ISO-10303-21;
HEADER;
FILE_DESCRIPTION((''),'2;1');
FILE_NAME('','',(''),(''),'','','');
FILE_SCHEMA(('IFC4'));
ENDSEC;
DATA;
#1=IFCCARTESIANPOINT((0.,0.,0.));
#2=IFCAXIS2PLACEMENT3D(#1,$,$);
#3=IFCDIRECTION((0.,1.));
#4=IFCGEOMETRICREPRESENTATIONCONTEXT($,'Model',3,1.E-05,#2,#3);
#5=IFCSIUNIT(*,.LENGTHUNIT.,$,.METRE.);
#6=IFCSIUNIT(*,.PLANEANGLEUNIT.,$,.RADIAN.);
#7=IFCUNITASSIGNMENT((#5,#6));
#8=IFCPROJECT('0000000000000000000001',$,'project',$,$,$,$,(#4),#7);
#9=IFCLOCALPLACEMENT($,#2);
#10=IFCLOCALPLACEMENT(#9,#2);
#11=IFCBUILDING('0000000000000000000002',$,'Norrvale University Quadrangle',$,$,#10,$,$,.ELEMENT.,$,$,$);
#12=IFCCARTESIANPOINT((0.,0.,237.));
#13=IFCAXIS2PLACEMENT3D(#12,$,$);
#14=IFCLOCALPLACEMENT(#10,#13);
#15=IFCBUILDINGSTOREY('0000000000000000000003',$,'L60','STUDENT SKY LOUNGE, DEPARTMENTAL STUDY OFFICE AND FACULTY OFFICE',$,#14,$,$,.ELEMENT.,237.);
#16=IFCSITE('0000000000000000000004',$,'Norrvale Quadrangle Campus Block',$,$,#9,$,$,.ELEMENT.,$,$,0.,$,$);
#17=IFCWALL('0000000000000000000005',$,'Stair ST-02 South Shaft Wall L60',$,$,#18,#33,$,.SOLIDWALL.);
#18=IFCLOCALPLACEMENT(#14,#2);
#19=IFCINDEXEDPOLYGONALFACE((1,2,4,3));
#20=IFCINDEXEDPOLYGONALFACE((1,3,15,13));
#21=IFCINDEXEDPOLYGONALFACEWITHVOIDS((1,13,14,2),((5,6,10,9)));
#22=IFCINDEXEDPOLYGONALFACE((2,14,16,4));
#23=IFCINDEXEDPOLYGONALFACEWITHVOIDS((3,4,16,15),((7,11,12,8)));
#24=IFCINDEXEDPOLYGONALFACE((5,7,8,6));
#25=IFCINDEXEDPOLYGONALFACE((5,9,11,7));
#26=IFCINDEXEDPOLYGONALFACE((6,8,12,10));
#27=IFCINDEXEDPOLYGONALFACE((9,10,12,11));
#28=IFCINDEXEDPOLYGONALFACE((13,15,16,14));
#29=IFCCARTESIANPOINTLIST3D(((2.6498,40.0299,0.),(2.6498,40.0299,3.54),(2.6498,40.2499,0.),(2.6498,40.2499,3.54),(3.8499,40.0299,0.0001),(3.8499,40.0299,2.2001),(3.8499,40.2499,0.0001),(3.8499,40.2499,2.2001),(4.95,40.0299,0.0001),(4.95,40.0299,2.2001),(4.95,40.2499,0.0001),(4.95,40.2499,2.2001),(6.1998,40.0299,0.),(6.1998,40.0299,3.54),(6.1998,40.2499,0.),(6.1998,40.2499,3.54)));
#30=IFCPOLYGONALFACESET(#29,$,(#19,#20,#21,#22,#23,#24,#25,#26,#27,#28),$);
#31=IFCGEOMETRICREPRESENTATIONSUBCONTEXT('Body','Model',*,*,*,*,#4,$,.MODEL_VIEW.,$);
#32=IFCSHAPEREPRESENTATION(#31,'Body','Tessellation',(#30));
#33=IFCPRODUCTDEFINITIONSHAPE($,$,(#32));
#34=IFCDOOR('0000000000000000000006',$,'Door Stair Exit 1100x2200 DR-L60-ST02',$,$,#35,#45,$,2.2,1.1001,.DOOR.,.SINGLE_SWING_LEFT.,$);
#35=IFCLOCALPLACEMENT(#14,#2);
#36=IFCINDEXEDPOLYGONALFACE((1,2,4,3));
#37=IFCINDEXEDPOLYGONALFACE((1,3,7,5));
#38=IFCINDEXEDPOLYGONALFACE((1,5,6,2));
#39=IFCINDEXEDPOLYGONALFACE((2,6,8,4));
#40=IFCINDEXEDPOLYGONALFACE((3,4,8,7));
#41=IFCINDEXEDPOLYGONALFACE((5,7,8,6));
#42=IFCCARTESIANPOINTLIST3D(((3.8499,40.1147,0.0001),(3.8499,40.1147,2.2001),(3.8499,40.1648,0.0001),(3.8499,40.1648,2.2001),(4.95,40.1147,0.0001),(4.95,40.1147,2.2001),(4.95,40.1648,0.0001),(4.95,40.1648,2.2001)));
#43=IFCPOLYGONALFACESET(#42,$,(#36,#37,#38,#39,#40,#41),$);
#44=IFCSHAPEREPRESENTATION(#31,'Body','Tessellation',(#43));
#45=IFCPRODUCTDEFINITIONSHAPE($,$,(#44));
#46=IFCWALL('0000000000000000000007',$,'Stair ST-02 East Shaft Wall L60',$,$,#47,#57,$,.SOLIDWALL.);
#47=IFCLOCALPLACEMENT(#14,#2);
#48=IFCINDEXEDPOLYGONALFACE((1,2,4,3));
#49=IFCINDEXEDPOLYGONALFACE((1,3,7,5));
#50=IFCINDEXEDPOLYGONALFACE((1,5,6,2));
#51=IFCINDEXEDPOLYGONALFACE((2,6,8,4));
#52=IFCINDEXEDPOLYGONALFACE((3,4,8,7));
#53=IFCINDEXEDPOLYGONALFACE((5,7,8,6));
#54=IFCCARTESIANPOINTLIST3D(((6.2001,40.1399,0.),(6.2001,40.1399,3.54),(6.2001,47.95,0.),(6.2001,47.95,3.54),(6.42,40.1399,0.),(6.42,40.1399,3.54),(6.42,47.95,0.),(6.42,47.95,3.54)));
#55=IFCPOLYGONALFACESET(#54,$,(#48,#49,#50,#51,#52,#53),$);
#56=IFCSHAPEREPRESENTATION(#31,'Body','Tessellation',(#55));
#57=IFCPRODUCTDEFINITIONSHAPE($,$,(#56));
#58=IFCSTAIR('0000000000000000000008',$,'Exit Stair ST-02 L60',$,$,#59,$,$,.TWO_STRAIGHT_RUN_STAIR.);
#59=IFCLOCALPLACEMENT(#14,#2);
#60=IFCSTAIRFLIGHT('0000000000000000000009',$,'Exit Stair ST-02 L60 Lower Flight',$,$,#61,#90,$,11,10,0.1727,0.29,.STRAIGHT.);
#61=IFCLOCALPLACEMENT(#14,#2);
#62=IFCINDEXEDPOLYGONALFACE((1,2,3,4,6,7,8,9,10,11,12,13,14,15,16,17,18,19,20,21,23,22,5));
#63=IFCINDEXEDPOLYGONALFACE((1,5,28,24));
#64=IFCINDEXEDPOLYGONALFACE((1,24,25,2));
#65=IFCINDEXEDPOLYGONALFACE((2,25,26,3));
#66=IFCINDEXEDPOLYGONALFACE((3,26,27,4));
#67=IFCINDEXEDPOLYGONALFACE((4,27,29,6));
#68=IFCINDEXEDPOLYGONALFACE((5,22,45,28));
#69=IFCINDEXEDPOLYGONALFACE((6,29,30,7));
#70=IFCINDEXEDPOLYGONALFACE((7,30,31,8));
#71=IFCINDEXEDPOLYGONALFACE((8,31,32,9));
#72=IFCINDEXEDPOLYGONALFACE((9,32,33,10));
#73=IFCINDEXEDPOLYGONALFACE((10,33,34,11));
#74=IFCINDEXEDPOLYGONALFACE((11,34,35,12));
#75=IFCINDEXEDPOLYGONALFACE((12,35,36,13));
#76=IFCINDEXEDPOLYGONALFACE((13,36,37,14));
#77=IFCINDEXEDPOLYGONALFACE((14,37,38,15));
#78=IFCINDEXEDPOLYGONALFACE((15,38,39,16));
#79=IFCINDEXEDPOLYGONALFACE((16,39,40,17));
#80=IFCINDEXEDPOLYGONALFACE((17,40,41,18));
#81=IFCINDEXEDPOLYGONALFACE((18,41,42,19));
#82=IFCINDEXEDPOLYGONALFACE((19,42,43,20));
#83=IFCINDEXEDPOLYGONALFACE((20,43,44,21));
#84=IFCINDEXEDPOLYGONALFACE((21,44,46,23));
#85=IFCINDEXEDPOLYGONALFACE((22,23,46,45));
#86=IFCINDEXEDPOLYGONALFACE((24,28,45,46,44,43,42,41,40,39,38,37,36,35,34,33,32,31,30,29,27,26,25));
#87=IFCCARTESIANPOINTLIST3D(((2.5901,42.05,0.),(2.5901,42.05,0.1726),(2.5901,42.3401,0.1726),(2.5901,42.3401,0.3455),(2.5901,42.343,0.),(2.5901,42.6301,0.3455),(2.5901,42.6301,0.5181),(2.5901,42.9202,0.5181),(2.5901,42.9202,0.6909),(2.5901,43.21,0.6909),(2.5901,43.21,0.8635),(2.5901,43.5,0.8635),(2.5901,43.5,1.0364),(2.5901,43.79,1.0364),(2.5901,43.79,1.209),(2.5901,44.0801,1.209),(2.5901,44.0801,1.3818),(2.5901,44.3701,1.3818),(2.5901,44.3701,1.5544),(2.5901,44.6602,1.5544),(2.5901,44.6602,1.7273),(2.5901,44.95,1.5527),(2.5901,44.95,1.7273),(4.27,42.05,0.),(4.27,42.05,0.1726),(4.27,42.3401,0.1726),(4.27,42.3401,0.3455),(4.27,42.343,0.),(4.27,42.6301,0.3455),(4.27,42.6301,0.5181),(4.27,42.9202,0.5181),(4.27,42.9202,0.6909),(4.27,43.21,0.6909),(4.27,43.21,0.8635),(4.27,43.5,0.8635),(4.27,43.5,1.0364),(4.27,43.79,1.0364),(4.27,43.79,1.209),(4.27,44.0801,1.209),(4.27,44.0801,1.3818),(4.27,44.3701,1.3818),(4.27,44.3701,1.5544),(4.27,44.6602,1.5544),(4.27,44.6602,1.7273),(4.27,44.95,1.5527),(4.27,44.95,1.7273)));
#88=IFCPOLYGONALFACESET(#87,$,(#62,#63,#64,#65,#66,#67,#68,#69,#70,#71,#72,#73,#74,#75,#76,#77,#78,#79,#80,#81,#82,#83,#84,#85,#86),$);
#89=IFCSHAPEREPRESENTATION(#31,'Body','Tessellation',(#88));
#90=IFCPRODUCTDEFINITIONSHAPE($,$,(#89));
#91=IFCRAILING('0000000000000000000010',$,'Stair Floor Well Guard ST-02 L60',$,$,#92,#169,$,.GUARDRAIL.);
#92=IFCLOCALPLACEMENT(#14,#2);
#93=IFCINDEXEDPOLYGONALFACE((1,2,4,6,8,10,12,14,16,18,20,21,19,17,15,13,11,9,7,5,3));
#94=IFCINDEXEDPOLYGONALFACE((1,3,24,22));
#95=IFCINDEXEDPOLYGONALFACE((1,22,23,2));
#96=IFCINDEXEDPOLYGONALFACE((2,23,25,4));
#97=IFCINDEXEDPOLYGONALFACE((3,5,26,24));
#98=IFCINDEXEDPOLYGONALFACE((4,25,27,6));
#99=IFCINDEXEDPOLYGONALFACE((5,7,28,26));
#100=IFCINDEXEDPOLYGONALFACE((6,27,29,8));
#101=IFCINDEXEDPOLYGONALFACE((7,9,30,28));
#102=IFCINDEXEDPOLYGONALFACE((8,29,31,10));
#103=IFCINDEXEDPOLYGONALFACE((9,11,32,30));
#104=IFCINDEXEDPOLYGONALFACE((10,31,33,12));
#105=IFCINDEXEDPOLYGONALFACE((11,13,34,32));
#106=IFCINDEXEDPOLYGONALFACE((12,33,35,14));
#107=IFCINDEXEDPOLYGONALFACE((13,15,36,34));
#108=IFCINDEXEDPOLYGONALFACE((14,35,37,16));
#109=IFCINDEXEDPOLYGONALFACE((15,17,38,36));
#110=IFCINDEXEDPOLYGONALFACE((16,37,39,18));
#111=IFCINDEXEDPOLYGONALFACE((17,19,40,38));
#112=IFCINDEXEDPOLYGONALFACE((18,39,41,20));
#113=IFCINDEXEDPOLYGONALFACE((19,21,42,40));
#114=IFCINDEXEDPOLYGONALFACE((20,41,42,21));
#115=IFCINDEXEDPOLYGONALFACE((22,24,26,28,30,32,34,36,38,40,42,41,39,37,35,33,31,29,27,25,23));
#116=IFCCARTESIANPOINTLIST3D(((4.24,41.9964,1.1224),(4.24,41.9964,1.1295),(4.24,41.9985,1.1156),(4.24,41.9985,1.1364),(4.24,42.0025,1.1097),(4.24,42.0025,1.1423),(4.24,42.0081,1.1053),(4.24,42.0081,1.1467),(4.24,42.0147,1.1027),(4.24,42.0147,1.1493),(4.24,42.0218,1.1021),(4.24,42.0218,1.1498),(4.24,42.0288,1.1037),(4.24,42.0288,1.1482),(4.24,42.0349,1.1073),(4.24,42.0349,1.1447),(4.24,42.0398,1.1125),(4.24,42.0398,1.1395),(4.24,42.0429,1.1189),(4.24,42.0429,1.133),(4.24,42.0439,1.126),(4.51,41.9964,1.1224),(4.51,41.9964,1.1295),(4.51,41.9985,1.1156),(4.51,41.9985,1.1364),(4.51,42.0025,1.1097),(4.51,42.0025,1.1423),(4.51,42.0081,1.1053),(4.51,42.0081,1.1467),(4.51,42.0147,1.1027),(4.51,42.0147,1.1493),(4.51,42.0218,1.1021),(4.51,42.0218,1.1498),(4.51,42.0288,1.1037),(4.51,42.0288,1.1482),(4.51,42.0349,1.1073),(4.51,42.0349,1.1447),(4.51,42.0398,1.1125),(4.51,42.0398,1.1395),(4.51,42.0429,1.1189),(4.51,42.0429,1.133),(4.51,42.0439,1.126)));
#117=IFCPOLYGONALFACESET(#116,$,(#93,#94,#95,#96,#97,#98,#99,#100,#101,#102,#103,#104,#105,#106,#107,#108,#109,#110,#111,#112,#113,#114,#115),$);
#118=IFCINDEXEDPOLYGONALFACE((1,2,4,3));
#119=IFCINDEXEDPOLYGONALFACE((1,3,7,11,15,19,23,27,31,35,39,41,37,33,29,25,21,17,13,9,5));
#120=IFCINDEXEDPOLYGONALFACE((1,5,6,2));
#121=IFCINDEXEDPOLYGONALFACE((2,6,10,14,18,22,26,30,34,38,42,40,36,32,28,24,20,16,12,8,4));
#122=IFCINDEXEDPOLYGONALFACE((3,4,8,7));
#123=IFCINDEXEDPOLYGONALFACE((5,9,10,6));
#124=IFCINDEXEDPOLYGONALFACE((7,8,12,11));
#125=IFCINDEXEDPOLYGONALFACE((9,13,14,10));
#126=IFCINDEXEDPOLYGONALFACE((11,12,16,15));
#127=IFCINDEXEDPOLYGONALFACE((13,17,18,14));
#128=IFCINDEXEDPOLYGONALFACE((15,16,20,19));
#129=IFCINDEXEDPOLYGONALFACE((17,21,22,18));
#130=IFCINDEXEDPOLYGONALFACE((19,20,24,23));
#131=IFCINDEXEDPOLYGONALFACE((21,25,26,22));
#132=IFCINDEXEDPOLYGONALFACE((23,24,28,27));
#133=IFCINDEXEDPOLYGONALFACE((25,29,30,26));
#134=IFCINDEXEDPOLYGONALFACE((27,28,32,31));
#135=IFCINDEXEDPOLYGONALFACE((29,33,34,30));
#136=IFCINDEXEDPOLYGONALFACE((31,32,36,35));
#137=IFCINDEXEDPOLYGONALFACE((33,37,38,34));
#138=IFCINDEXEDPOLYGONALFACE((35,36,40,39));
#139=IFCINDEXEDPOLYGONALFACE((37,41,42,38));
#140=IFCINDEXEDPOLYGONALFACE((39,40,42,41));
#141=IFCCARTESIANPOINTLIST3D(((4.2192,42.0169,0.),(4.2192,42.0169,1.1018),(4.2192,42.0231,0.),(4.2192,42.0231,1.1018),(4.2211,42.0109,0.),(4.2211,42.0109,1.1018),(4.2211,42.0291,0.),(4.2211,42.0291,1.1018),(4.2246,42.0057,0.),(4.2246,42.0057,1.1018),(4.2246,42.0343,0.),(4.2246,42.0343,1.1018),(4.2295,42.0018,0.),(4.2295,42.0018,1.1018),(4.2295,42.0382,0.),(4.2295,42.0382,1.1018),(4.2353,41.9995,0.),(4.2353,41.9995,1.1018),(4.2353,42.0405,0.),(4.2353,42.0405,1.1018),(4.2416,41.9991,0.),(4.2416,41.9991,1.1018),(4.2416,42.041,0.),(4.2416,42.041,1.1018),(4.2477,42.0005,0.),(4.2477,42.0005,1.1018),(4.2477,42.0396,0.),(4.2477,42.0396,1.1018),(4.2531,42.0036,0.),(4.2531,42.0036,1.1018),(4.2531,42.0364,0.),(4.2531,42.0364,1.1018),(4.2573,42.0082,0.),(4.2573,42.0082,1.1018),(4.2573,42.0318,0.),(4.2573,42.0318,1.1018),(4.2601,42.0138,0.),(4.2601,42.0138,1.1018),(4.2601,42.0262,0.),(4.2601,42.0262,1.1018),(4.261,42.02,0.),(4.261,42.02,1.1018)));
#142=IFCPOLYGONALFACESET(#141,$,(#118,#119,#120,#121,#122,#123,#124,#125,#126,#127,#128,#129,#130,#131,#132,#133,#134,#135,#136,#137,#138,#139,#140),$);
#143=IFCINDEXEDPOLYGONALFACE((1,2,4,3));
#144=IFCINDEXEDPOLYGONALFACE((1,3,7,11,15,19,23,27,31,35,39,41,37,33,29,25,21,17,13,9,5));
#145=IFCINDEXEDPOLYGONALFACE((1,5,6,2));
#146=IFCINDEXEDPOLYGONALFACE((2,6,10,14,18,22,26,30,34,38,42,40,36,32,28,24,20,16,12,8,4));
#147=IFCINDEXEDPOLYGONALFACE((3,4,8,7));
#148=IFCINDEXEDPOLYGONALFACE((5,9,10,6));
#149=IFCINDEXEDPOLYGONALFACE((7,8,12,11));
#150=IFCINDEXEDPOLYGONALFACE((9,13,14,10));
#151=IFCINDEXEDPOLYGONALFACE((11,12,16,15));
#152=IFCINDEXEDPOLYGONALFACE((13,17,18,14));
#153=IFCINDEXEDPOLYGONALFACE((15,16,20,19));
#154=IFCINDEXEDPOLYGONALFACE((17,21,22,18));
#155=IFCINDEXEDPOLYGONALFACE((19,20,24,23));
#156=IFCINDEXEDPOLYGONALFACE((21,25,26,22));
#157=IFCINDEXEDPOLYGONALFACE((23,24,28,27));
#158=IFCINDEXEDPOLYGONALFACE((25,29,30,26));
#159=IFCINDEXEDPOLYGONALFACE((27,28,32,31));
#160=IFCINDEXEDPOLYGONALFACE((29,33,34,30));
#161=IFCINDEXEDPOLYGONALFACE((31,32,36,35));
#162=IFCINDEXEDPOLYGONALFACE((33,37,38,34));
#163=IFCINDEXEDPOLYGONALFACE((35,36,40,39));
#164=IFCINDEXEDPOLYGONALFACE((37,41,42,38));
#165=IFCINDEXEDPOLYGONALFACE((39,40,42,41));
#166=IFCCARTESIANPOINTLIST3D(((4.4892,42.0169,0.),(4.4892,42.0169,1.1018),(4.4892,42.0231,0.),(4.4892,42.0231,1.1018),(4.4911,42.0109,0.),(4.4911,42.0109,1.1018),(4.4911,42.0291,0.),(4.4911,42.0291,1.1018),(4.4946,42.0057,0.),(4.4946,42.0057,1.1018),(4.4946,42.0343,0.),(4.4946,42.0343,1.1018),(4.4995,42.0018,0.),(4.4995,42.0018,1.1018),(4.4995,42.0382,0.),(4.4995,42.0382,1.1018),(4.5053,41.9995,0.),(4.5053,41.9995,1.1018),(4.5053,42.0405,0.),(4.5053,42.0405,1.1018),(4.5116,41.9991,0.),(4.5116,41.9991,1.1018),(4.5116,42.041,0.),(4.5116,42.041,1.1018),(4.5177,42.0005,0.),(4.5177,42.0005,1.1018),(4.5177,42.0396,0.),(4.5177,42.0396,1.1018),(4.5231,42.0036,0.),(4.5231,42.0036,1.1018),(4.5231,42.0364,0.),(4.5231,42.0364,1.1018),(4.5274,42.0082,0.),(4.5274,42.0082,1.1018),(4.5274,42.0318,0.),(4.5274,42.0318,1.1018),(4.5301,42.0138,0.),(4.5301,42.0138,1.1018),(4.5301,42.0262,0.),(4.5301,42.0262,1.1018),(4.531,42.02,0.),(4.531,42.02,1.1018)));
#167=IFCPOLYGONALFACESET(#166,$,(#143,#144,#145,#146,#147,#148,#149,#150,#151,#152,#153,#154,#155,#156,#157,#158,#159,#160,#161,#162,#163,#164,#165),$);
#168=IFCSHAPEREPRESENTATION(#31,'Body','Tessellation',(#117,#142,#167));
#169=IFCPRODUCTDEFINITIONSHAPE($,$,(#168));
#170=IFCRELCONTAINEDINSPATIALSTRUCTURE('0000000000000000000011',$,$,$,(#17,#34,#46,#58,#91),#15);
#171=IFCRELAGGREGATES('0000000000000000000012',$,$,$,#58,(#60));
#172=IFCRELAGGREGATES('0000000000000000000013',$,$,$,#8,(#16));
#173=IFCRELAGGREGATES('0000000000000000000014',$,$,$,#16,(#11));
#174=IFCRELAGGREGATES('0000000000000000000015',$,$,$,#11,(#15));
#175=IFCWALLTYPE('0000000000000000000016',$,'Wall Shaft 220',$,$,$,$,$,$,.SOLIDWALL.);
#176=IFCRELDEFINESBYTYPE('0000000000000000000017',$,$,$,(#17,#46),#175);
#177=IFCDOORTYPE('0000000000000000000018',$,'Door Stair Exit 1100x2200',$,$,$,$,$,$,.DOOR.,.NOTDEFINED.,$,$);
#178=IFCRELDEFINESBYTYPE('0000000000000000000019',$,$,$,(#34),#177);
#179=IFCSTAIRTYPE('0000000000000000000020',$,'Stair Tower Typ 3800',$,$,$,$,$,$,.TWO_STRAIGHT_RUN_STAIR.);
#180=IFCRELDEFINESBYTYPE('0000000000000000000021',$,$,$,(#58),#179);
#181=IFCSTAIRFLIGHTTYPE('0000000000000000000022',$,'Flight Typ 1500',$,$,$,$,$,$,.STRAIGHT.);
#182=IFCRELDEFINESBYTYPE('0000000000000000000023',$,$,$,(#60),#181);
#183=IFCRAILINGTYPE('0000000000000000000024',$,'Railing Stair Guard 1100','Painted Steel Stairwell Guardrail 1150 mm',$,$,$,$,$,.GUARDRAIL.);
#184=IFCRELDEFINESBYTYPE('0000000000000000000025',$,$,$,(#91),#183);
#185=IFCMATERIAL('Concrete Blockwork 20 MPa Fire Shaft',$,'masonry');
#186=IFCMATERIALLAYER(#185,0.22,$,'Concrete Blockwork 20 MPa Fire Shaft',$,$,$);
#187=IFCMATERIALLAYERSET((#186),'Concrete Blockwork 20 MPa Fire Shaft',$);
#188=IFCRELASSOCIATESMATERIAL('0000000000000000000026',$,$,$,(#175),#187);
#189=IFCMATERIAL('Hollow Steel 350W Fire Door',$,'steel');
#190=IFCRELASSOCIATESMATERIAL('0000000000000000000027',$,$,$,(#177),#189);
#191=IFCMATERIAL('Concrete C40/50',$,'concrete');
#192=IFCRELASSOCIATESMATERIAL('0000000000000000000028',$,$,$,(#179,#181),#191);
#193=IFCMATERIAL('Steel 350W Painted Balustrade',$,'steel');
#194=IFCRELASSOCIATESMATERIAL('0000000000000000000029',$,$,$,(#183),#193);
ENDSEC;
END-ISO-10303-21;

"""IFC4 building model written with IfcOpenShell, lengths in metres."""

from ifc_helpers import new_model, si_unit, direction, frame, frame_2d, origin, origin_2d, place, context, subcontext, project, spatial, polyline, rectangle, circle, outline, extrude, material, layer, layer_set, type_object, element, fill, aggregate, save


model = new_model("IFC4")

# Units and contexts
model_context = context("Model", 3, precision=1e-05, world=origin(), true_north=direction((0.0, 1.0)))
body_context = subcontext(model_context, "Body", "Model", "MODEL_VIEW")
ifc_project = project(units=[si_unit("LENGTHUNIT", "METRE"), si_unit("PLANEANGLEUNIT", "RADIAN")], contexts=[model_context])

# Site, building, storey
site_placement = place(None, origin())
site = spatial("IfcSite", under=ifc_project, at=site_placement, Name="Norrvale Quadrangle Campus Block", CompositionType="ELEMENT", RefElevation=0.0)
building_placement = place(site_placement, origin())
building = spatial("IfcBuilding", under=site, at=building_placement, Name="Norrvale University Quadrangle", CompositionType="ELEMENT")
storey_placement = place(building_placement, frame((0.0, 0.0, 237.0)))
storey = spatial("IfcBuildingStorey", under=building, at=storey_placement, Name="L60", Description="STUDENT SKY LOUNGE, DEPARTMENTAL STUDY OFFICE AND FACULTY OFFICE", CompositionType="ELEMENT", Elevation=237.0)

# Wall, opening, door
ifc_material_1 = material(Name="Concrete Blockwork 20 MPa Fire Shaft", Category="masonry")
ifc_layer_1 = layer(ifc_material_1, 0.22, Name="Concrete Blockwork 20 MPa Fire Shaft")
ifc_layer_set_1 = layer_set([ifc_layer_1], Name="Concrete Blockwork 20 MPa Fire Shaft")
wall_type_1 = type_object("IfcWallType", Name="Wall Shaft 220", PredefinedType="SOLIDWALL", material=ifc_layer_set_1)
wall_1_placement = place(storey_placement, frame((2.6499, 40.1399, 0.0), z_axis=(0.0, 0.0, 1.0), x_axis=(1.0, 0.0, 0.0)))
wall_1 = element("IfcWall", 1, at=wall_1_placement, inside=storey, type_object=wall_type_1, Name="Stair ST-02 South Shaft Wall L60", PredefinedType="SOLIDWALL", context=body_context, shape_type="SweptSolid", body=[
    extrude(rectangle(XDim=3.55, YDim=0.22, at=frame_2d((1.7749, 0.0))), origin(), (0.0, 0.0, 1.0), 3.54),
])
opening_placement = place(wall_1_placement, frame((1.2, 0.0, 0.0)))
opening = element("IfcOpeningElement", 2, at=opening_placement, cuts=wall_1, PredefinedType="OPENING", context=body_context, shape_type="SweptSolid", body=[
    extrude(rectangle(XDim=1.1001, YDim=2.2, at=frame_2d((0.55, 1.1001))), frame((0.0, 0.1221, 0.0), z_axis=(0.0, -1.0, 0.0), x_axis=(1.0, 0.0, 0.0)), (0.0, 0.0, 1.0), 0.2439),
])
ifc_material_2 = material(Name="Hollow Steel 350W Fire Door", Category="steel")
door_type = type_object("IfcDoorType", Name="Door Stair Exit 1100x2200", OperationType="NOTDEFINED", PredefinedType="DOOR", material=ifc_material_2)
door_placement = place(opening_placement, origin())
door = element("IfcDoor", 3, at=door_placement, inside=storey, type_object=door_type, Name="Door Stair Exit 1100x2200 DR-L60-ST02", OperationType="SINGLE_SWING_LEFT", OverallHeight=2.2, OverallWidth=1.1001, PredefinedType="DOOR", context=body_context, shape_type="SweptSolid", body=[
    extrude(rectangle(XDim=1.1001, YDim=2.2, at=frame_2d((0.55, 1.1001))), frame((0.0, 0.0249, 0.0), z_axis=(0.0, -1.0, 0.0), x_axis=(1.0, 0.0, 0.0)), (0.0, 0.0, 1.0), 0.05),
])
fill(opening, door)

# Wall
wall_2_placement = place(storey_placement, frame((6.3101, 40.1399, 0.0), z_axis=(0.0, 0.0, 1.0), x_axis=(0.0, 1.0, 0.0)))
element("IfcWall", 4, at=wall_2_placement, inside=storey, type_object=wall_type_1, Name="Stair ST-02 East Shaft Wall L60", PredefinedType="SOLIDWALL", context=body_context, shape_type="SweptSolid", body=[
    extrude(rectangle(XDim=7.8101, YDim=0.22, at=frame_2d((3.905, 0.0))), origin(), (0.0, 0.0, 1.0), 3.54),
])

# Stair, stair flight
ifc_material_3 = material(Name="Concrete C40/50", Category="concrete")
stair_type = type_object("IfcStairType", Name="Stair Tower Typ 3800", PredefinedType="TWO_STRAIGHT_RUN_STAIR", material=ifc_material_3)
stair_placement = place(storey_placement, origin())
stair = element("IfcStair", 5, at=stair_placement, inside=storey, type_object=stair_type, Name="Exit Stair ST-02 L60", PredefinedType="TWO_STRAIGHT_RUN_STAIR")
stair_flight_type = type_object("IfcStairFlightType", Name="Flight Typ 1500", PredefinedType="STRAIGHT", material=ifc_material_3)
stair_flight_placement = place(storey_placement, frame((3.4299, 42.05, 0.0), z_axis=(0.0, 0.0, 1.0), x_axis=(0.0, 1.0, 0.0)))
stair_flight = element("IfcStairFlight", 6, at=stair_flight_placement, type_object=stair_flight_type, Name="Exit Stair ST-02 L60 Lower Flight", NumberOfRisers=11, NumberOfTreads=10, PredefinedType="STRAIGHT", RiserHeight=0.1727, TreadLength=0.29, context=body_context, shape_type="SweptSolid", body=[
    extrude(outline(polyline([(0.0, 0.0), (0.0, 0.1726), (0.29, 0.1726), (0.29, 0.3455), (0.5801, 0.3455), (0.5801, 0.5181), (0.8701, 0.5181), (0.8701, 0.6909), (1.1599, 0.6909), (1.1599, 0.8635), (1.45, 0.8635), (1.45, 1.0364), (1.74, 1.0364), (1.74, 1.209), (2.03, 1.209), (2.03, 1.3818), (2.3201, 1.3818), (2.3201, 1.5544), (2.6101, 1.5544), (2.6101, 1.7273), (2.8999, 1.7273), (2.8999, 1.8999), (2.8999, 1.5527), (0.293, 0.0), (0.0, 0.0)])), frame((0.0, 0.8398, 0.0), z_axis=(0.0, -1.0, 0.0), x_axis=(1.0, 0.0, 0.0)), (0.0, 0.0, 1.0), 1.6799),
])
aggregate(stair, [stair_flight])

# Railing
ifc_material_4 = material(Name="Steel 350W Painted Balustrade", Category="steel")
railing_type_1 = type_object("IfcRailingType", Name="Railing Stair Guard 1100", Description="Painted Steel Stairwell Guardrail 1150 mm", PredefinedType="GUARDRAIL", material=ifc_material_4)
railing_1_placement = place(storey_placement, frame((4.24, 42.02, 0.0)))
element("IfcRailing", 7, at=railing_1_placement, inside=storey, type_object=railing_type_1, Name="Stair Floor Well Guard ST-02 L60", PredefinedType="GUARDRAIL", context=body_context, shape_type="SweptSolid", body=[
    extrude(circle(Radius=0.0239, at=origin_2d()), frame((0.0, 0.0, 1.126), z_axis=(1.0, 0.0, 0.0), x_axis=(0.0, 1.0, 0.0)), (0.0, 0.0, 1.0), 0.27),
    extrude(circle(Radius=0.021, at=origin_2d()), origin(), (0.0, 0.0, 1.0), 1.1018),
    extrude(circle(Radius=0.021, at=origin_2d()), frame((0.27, 0.0, 0.0)), (0.0, 0.0, 1.0), 1.1018),
])

save(model, "model.ifc")
